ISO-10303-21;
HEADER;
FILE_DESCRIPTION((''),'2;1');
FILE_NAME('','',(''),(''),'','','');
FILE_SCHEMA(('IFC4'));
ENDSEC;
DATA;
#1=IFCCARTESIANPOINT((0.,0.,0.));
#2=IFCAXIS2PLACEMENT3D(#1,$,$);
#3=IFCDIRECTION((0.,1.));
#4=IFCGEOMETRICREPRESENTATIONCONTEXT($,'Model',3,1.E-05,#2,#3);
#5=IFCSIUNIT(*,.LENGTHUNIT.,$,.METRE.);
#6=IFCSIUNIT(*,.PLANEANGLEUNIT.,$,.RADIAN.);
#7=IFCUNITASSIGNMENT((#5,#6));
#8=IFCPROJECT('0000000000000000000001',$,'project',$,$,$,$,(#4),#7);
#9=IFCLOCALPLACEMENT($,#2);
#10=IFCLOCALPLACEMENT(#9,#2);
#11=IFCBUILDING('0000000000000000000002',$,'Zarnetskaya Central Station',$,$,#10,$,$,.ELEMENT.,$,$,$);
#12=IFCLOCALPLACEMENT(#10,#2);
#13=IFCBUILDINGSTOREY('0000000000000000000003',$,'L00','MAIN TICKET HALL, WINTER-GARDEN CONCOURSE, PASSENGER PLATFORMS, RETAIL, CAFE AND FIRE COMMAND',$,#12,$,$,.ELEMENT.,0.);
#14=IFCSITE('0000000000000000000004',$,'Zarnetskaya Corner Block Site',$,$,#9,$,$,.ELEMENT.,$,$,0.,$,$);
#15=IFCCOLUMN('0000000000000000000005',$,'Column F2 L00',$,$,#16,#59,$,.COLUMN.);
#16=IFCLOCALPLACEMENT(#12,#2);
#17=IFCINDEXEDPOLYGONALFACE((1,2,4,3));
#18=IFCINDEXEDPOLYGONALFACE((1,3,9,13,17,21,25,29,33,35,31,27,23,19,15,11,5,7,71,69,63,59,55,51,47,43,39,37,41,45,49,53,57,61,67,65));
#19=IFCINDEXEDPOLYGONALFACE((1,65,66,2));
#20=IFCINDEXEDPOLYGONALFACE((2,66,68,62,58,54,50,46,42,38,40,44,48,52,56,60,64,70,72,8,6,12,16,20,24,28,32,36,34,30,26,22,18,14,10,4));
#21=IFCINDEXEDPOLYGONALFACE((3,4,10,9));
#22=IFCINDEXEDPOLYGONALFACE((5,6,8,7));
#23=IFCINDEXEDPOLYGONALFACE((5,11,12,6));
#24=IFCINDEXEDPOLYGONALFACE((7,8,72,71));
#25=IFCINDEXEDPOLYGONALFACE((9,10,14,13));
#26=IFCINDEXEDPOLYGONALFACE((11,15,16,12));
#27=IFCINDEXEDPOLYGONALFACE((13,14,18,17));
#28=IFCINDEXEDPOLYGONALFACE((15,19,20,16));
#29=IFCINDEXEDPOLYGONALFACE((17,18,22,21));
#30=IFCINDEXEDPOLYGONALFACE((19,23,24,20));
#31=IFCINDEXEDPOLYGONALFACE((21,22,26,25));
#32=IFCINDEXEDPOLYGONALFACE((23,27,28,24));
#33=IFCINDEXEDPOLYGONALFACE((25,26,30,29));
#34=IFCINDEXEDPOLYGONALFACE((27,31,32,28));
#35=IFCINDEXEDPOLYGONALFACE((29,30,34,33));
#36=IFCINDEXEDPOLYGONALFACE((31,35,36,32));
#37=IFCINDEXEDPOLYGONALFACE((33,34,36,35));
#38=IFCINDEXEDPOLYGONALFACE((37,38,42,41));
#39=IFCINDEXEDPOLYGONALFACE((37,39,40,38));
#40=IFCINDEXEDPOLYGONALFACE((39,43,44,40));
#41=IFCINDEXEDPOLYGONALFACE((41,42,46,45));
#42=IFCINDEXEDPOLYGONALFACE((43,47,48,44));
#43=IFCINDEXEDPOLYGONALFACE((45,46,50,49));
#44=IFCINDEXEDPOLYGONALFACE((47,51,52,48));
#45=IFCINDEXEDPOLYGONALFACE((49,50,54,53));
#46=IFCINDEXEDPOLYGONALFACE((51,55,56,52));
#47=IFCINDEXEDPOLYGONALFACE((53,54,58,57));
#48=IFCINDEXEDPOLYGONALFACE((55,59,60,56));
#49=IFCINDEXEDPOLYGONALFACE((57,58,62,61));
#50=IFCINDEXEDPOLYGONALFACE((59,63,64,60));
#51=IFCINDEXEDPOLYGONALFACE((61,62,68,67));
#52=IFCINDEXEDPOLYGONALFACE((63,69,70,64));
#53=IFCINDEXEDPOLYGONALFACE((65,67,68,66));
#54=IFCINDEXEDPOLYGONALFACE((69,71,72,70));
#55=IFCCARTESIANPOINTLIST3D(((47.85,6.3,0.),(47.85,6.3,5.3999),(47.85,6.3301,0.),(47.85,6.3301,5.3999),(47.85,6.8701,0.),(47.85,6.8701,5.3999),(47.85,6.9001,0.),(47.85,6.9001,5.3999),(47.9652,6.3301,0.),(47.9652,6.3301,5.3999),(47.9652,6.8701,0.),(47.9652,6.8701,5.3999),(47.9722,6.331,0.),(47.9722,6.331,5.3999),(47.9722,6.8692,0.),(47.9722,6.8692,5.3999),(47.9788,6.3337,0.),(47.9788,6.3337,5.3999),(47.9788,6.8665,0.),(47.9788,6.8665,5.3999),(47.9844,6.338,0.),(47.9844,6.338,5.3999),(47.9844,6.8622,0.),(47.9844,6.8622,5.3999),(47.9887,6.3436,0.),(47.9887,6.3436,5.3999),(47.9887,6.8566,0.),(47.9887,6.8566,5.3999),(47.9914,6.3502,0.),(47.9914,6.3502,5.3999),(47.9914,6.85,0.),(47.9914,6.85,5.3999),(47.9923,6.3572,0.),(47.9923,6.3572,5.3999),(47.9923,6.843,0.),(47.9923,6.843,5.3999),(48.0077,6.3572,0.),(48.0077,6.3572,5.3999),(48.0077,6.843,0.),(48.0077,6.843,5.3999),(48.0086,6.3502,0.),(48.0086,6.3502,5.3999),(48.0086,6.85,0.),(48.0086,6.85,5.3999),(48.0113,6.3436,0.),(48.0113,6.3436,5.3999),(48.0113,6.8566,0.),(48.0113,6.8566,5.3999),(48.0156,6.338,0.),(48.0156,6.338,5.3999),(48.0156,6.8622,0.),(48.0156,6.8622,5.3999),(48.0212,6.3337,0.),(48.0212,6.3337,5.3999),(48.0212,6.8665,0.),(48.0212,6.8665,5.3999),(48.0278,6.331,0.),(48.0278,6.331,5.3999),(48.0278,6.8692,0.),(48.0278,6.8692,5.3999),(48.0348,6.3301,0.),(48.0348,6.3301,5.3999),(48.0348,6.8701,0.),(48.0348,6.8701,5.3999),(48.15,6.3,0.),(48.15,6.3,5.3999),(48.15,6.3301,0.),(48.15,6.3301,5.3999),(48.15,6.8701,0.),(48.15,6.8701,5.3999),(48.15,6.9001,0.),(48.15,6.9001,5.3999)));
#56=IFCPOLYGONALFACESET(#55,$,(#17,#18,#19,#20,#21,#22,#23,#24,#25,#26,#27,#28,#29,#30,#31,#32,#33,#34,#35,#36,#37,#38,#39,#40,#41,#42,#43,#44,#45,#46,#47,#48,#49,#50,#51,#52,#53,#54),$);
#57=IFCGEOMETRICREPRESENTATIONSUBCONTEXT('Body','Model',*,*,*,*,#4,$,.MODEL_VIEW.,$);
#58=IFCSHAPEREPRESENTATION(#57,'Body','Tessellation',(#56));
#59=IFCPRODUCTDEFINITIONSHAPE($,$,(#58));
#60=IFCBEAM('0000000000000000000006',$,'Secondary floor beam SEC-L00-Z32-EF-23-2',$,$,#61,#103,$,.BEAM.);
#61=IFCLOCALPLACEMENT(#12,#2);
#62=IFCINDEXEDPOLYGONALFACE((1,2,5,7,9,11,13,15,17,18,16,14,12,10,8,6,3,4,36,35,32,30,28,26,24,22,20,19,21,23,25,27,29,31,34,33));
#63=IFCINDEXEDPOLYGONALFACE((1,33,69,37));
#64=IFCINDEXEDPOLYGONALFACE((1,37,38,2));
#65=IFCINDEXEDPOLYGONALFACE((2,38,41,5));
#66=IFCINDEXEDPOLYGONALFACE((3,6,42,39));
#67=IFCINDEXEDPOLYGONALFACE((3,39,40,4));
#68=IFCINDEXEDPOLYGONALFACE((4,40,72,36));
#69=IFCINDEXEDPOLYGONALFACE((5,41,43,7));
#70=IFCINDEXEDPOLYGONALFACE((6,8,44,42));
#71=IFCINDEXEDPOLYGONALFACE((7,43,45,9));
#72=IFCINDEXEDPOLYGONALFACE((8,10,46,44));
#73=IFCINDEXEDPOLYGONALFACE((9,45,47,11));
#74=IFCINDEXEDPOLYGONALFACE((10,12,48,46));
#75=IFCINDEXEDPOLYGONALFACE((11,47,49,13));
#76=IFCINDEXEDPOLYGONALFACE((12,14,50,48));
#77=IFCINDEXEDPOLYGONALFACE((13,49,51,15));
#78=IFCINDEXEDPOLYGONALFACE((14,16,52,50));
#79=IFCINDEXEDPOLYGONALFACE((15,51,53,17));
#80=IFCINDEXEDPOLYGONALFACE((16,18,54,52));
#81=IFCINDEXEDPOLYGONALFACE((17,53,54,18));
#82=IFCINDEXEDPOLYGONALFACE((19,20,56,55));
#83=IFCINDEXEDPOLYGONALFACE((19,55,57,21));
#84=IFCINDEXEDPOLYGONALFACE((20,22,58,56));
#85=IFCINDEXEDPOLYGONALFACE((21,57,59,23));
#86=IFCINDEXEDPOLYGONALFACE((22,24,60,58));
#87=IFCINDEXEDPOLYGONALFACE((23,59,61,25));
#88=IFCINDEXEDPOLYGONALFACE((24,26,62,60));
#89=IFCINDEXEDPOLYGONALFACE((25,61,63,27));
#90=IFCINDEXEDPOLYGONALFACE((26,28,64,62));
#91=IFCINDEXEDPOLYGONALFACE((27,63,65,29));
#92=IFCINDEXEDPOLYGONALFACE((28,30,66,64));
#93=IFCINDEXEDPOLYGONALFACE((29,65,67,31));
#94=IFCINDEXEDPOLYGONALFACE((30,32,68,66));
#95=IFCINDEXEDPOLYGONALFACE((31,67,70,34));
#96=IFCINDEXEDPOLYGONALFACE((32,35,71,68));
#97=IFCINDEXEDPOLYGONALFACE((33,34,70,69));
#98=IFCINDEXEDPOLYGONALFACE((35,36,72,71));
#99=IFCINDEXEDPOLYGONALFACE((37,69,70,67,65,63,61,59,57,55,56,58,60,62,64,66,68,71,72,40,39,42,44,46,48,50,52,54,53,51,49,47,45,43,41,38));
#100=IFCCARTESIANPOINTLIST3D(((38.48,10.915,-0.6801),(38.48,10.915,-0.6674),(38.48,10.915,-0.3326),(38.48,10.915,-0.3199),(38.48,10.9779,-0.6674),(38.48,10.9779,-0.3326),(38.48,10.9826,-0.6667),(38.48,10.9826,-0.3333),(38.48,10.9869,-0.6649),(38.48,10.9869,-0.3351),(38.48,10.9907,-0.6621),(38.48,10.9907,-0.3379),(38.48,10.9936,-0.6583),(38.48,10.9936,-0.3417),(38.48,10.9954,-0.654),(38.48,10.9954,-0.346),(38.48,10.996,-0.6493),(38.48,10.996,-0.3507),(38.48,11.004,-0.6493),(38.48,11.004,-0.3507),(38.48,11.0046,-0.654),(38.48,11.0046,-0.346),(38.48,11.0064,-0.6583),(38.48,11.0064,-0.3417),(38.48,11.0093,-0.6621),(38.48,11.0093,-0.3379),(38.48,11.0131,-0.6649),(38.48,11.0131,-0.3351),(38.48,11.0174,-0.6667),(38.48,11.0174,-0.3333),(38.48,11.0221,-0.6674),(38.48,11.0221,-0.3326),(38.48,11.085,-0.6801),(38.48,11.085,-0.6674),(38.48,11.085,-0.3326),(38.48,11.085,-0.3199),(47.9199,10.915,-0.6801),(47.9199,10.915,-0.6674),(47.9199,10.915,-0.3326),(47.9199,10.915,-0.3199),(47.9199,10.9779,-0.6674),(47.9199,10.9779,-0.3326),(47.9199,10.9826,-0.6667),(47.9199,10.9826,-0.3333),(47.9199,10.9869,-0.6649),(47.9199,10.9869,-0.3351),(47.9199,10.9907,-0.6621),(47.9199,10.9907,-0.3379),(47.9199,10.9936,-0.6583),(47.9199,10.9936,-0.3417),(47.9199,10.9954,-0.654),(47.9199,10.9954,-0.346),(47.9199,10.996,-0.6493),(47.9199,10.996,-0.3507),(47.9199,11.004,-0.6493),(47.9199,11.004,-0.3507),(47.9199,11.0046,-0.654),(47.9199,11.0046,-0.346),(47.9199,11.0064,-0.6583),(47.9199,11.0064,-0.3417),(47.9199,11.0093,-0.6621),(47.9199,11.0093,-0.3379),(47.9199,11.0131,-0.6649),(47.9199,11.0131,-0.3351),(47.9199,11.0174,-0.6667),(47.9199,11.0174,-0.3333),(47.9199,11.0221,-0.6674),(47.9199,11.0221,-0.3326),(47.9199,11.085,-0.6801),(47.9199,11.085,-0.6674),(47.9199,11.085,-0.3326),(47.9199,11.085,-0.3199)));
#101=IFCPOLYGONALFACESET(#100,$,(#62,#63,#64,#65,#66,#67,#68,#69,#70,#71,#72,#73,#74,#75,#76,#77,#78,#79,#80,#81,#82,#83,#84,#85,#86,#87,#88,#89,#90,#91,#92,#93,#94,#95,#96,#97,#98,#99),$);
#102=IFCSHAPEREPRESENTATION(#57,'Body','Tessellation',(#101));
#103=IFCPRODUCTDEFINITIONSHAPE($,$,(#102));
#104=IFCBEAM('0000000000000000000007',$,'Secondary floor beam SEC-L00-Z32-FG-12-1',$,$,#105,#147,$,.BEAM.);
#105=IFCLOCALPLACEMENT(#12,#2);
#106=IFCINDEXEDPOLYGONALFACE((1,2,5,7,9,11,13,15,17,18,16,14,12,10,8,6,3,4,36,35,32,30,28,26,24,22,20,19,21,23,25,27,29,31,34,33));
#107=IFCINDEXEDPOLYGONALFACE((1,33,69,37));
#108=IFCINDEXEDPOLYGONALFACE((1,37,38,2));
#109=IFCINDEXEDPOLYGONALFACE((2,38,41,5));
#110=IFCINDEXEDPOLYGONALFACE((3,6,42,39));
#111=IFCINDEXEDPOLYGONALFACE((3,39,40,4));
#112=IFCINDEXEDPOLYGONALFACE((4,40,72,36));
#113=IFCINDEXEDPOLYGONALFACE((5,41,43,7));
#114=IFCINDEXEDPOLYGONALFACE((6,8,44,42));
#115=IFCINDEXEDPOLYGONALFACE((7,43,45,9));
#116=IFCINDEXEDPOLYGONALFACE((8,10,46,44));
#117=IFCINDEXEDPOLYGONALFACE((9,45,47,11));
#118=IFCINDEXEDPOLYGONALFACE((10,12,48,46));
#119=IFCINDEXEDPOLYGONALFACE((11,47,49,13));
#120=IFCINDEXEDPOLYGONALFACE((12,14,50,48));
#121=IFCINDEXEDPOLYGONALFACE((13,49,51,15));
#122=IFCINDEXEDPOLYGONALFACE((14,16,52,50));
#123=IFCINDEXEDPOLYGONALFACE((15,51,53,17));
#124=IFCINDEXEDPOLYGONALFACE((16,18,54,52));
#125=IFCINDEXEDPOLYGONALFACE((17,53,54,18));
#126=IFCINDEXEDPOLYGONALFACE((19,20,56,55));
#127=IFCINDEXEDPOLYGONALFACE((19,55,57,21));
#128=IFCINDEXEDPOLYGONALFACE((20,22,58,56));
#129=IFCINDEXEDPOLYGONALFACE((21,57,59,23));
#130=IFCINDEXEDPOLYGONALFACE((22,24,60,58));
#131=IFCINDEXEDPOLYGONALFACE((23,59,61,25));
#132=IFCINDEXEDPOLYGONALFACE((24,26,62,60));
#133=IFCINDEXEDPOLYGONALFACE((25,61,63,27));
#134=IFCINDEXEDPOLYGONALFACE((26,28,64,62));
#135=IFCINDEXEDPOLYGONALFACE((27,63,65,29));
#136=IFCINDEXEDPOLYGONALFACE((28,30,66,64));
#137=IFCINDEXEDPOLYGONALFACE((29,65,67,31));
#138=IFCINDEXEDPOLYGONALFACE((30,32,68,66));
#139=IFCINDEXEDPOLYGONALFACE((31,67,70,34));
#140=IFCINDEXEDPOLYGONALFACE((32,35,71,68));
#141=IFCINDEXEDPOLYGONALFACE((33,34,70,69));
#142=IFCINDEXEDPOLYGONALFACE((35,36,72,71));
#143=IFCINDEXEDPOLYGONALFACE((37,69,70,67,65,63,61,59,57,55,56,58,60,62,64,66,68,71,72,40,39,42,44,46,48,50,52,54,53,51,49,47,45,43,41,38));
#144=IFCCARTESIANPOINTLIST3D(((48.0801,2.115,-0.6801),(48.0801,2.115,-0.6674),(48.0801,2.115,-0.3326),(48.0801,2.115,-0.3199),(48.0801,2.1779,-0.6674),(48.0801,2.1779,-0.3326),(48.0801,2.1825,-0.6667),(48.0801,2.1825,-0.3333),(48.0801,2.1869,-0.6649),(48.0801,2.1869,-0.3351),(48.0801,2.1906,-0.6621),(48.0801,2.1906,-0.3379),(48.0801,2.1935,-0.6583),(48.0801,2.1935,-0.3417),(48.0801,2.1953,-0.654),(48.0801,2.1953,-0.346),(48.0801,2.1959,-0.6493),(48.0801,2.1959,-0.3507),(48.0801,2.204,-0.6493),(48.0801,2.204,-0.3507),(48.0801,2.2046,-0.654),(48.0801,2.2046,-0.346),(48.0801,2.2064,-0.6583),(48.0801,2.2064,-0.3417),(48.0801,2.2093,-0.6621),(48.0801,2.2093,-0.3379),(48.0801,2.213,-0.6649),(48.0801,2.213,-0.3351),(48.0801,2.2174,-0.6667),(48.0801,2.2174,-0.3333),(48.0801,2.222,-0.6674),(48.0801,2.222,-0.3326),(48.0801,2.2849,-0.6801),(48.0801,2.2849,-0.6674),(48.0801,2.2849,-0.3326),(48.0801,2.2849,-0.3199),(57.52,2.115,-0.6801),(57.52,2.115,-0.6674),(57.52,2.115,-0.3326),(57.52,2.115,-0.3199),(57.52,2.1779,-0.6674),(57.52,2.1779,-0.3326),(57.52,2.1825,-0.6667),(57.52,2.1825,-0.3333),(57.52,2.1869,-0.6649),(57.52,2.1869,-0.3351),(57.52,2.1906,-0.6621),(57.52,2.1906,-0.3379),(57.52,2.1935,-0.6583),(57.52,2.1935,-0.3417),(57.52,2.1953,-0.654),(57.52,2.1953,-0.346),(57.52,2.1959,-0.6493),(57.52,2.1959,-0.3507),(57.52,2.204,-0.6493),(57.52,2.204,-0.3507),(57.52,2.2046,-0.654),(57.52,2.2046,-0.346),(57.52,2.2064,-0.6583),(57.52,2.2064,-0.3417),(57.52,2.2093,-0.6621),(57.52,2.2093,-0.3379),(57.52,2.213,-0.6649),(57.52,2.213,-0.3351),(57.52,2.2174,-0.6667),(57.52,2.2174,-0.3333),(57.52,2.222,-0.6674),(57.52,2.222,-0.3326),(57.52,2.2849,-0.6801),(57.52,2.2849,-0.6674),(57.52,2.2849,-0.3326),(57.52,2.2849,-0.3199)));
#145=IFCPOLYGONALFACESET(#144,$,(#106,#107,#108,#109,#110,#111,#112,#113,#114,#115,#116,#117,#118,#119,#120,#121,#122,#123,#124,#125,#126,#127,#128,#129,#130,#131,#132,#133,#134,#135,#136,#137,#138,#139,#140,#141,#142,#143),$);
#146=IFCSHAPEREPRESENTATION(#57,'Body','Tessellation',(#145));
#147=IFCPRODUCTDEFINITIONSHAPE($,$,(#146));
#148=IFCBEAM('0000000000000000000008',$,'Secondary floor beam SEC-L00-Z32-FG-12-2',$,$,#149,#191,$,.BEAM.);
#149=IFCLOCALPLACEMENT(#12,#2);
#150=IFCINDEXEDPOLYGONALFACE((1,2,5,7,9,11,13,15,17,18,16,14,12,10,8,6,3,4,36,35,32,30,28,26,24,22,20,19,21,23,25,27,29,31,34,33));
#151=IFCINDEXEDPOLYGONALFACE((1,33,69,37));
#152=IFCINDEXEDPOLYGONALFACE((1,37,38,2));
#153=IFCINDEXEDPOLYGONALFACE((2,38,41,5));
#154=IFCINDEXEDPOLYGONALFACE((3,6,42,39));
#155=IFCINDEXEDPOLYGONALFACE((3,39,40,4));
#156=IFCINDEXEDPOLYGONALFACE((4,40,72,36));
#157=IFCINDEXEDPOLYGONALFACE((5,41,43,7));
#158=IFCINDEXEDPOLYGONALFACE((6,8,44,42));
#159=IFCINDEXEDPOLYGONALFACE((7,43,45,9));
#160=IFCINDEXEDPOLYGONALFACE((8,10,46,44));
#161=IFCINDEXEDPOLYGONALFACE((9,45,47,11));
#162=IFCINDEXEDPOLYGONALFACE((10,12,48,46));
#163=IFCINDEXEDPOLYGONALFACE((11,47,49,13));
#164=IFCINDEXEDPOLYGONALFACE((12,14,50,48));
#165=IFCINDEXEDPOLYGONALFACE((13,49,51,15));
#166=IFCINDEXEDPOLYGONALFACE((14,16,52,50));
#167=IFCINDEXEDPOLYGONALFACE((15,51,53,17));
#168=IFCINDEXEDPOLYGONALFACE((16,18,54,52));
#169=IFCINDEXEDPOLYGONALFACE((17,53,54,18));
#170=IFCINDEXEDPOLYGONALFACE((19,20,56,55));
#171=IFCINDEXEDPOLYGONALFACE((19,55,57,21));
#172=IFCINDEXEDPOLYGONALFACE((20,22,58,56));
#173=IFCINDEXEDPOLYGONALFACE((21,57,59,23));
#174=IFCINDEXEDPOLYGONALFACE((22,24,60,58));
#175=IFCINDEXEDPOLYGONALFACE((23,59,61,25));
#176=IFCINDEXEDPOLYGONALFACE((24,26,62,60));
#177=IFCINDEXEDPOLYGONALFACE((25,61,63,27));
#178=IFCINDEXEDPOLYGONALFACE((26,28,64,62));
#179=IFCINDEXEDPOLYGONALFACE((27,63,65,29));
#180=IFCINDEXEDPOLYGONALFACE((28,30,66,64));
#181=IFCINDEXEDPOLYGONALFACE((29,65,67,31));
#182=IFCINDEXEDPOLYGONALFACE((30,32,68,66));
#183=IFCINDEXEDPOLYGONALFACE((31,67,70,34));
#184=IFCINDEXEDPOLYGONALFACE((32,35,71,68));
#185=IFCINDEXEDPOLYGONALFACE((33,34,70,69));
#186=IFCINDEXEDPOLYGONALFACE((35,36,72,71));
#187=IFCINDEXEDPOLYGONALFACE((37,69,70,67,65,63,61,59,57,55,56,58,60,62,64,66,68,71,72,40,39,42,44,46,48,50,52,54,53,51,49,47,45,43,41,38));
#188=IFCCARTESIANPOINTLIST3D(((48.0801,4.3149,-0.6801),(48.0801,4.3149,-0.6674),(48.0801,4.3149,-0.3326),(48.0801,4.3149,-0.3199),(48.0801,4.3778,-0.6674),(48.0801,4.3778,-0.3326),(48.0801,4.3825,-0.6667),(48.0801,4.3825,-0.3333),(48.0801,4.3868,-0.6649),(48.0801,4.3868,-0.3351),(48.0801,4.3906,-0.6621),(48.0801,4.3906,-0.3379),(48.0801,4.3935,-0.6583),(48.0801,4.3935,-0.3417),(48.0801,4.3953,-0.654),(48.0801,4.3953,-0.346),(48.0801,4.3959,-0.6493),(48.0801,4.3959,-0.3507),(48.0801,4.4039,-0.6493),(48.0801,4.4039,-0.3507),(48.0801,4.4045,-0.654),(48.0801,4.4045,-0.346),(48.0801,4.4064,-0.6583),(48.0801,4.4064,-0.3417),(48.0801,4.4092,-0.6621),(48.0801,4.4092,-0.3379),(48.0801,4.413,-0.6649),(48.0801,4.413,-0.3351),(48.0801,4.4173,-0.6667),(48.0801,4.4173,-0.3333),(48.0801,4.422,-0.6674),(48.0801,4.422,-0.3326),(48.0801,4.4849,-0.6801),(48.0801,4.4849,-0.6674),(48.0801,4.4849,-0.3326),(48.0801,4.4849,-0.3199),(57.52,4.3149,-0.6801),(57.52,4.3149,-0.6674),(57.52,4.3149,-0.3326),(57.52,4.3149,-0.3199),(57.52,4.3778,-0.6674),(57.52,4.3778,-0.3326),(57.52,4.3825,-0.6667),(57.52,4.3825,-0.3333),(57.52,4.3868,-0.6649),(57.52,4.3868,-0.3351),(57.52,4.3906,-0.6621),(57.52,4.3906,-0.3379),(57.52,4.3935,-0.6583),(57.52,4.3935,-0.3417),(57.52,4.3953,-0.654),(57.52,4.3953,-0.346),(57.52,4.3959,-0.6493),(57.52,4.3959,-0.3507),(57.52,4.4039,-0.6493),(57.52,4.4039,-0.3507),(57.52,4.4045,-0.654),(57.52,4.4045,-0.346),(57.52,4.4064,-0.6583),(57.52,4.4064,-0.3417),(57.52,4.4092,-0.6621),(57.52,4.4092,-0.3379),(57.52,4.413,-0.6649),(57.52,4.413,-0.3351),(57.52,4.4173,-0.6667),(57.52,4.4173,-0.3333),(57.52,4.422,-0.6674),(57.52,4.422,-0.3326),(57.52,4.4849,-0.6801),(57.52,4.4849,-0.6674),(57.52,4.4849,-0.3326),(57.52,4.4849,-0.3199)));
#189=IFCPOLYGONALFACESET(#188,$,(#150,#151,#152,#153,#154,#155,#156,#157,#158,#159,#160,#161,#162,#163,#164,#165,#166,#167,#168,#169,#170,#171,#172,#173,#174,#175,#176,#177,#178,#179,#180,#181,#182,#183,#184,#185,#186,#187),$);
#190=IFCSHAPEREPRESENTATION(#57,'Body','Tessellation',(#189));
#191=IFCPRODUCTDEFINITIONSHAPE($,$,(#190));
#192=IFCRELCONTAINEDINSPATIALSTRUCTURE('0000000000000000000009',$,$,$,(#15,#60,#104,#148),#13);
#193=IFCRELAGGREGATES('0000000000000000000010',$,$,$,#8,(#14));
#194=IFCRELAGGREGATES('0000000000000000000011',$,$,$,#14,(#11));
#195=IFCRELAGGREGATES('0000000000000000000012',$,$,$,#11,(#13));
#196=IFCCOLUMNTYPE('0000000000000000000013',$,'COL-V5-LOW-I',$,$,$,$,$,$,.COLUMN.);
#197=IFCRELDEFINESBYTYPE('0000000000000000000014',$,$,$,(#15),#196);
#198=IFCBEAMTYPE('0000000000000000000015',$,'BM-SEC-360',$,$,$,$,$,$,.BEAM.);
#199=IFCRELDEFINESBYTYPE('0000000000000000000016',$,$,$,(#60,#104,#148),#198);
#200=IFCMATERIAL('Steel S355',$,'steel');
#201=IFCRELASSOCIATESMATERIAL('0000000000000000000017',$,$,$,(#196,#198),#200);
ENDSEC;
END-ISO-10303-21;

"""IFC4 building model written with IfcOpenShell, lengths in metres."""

from ifc_helpers import new_model, si_unit, direction, frame, origin, origin_2d, place, context, subcontext, project, spatial, i_section, extrude, material, material_profile, profile_set, type_object, element, save


model = new_model("IFC4")

# Units and contexts
model_context = context("Model", 3, precision=1e-05, world=origin(), true_north=direction((0.0, 1.0)))
body_context = subcontext(model_context, "Body", "Model", "MODEL_VIEW")
ifc_project = project(units=[si_unit("LENGTHUNIT", "METRE"), si_unit("PLANEANGLEUNIT", "RADIAN")], contexts=[model_context])

# Site, building, storey
site_placement = place(None, origin())
site = spatial("IfcSite", under=ifc_project, at=site_placement, Name="Zarnetskaya Corner Block Site", CompositionType="ELEMENT", RefElevation=0.0)
building_placement = place(site_placement, origin())
building = spatial("IfcBuilding", under=site, at=building_placement, Name="Zarnetskaya Central Station", CompositionType="ELEMENT")
storey_placement = place(building_placement, origin())
storey = spatial("IfcBuildingStorey", under=building, at=storey_placement, Name="L00", Description="MAIN TICKET HALL, WINTER-GARDEN CONCOURSE, PASSENGER PLATFORMS, RETAIL, CAFE AND FIRE COMMAND", CompositionType="ELEMENT", Elevation=0.0)

# Column
ifc_material_1 = material(Name="Steel S355", Category="steel")
ifc_material_profile_1 = material_profile(ifc_material_1, i_section(OverallWidth=0.3, OverallDepth=0.6001, WebThickness=0.0154, FlangeThickness=0.03, FilletRadius=0.0271, at=origin_2d()), Name="HEB 600")
ifc_profile_set_1 = profile_set([ifc_material_profile_1], Name="Steel S355")
column_type_1 = type_object("IfcColumnType", Name="COL-V5-LOW-I", PredefinedType="COLUMN", material=ifc_profile_set_1)
column_1_placement = place(storey_placement, frame((48.0, 6.6001, 0.0), z_axis=(0.0, 0.0, 1.0), x_axis=(1.0, 0.0, 0.0)))
element("IfcColumn", 1, at=column_1_placement, inside=storey, type_object=column_type_1, Name="Column F2 L00", PredefinedType="COLUMN", context=body_context, shape_type="SweptSolid", body=[
    extrude(i_section(OverallWidth=0.3, OverallDepth=0.6001, WebThickness=0.0154, FlangeThickness=0.03, FilletRadius=0.0271, at=origin_2d()), origin(), (0.0, 0.0, 1.0), 5.3999),
])

# Beams
ifc_material_profile_2 = material_profile(ifc_material_1, i_section(OverallWidth=0.1699, OverallDepth=0.3601, WebThickness=0.0081, FlangeThickness=0.0127, FilletRadius=0.0181, at=origin_2d()), Name="IPE 360")
ifc_profile_set_2 = profile_set([ifc_material_profile_2], Name="Steel S355")
beam_type_1 = type_object("IfcBeamType", Name="BM-SEC-360", PredefinedType="BEAM", material=ifc_profile_set_2)
for number, where, z_axis, x_axis, name in (
    (2, (38.48, 11.0, -0.5), (1.0, 0.0, 0.0), (0.0, 1.0, 0.0), "Secondary floor beam SEC-L00-Z32-EF-23-2"),
    (3, (48.0801, 2.2, -0.5), (1.0, 0.0, 0.0), (0.0, 1.0, 0.0), "Secondary floor beam SEC-L00-Z32-FG-12-1"),
    (4, (48.0801, 4.3999, -0.5), (1.0, 0.0, 0.0), (0.0, 1.0, 0.0), "Secondary floor beam SEC-L00-Z32-FG-12-2"),
):
    element("IfcBeam", number, at=place(storey_placement, frame(where, z_axis=z_axis, x_axis=x_axis)), inside=storey, type_object=beam_type_1, Name=name, PredefinedType="BEAM", context=body_context, shape_type="SweptSolid", body=[
        extrude(i_section(OverallWidth=0.1699, OverallDepth=0.3601, WebThickness=0.0081, FlangeThickness=0.0127, FilletRadius=0.0181, at=origin_2d()), origin(), (0.0, 0.0, 1.0), 9.4399),
    ])

save(model, "model.ifc")
